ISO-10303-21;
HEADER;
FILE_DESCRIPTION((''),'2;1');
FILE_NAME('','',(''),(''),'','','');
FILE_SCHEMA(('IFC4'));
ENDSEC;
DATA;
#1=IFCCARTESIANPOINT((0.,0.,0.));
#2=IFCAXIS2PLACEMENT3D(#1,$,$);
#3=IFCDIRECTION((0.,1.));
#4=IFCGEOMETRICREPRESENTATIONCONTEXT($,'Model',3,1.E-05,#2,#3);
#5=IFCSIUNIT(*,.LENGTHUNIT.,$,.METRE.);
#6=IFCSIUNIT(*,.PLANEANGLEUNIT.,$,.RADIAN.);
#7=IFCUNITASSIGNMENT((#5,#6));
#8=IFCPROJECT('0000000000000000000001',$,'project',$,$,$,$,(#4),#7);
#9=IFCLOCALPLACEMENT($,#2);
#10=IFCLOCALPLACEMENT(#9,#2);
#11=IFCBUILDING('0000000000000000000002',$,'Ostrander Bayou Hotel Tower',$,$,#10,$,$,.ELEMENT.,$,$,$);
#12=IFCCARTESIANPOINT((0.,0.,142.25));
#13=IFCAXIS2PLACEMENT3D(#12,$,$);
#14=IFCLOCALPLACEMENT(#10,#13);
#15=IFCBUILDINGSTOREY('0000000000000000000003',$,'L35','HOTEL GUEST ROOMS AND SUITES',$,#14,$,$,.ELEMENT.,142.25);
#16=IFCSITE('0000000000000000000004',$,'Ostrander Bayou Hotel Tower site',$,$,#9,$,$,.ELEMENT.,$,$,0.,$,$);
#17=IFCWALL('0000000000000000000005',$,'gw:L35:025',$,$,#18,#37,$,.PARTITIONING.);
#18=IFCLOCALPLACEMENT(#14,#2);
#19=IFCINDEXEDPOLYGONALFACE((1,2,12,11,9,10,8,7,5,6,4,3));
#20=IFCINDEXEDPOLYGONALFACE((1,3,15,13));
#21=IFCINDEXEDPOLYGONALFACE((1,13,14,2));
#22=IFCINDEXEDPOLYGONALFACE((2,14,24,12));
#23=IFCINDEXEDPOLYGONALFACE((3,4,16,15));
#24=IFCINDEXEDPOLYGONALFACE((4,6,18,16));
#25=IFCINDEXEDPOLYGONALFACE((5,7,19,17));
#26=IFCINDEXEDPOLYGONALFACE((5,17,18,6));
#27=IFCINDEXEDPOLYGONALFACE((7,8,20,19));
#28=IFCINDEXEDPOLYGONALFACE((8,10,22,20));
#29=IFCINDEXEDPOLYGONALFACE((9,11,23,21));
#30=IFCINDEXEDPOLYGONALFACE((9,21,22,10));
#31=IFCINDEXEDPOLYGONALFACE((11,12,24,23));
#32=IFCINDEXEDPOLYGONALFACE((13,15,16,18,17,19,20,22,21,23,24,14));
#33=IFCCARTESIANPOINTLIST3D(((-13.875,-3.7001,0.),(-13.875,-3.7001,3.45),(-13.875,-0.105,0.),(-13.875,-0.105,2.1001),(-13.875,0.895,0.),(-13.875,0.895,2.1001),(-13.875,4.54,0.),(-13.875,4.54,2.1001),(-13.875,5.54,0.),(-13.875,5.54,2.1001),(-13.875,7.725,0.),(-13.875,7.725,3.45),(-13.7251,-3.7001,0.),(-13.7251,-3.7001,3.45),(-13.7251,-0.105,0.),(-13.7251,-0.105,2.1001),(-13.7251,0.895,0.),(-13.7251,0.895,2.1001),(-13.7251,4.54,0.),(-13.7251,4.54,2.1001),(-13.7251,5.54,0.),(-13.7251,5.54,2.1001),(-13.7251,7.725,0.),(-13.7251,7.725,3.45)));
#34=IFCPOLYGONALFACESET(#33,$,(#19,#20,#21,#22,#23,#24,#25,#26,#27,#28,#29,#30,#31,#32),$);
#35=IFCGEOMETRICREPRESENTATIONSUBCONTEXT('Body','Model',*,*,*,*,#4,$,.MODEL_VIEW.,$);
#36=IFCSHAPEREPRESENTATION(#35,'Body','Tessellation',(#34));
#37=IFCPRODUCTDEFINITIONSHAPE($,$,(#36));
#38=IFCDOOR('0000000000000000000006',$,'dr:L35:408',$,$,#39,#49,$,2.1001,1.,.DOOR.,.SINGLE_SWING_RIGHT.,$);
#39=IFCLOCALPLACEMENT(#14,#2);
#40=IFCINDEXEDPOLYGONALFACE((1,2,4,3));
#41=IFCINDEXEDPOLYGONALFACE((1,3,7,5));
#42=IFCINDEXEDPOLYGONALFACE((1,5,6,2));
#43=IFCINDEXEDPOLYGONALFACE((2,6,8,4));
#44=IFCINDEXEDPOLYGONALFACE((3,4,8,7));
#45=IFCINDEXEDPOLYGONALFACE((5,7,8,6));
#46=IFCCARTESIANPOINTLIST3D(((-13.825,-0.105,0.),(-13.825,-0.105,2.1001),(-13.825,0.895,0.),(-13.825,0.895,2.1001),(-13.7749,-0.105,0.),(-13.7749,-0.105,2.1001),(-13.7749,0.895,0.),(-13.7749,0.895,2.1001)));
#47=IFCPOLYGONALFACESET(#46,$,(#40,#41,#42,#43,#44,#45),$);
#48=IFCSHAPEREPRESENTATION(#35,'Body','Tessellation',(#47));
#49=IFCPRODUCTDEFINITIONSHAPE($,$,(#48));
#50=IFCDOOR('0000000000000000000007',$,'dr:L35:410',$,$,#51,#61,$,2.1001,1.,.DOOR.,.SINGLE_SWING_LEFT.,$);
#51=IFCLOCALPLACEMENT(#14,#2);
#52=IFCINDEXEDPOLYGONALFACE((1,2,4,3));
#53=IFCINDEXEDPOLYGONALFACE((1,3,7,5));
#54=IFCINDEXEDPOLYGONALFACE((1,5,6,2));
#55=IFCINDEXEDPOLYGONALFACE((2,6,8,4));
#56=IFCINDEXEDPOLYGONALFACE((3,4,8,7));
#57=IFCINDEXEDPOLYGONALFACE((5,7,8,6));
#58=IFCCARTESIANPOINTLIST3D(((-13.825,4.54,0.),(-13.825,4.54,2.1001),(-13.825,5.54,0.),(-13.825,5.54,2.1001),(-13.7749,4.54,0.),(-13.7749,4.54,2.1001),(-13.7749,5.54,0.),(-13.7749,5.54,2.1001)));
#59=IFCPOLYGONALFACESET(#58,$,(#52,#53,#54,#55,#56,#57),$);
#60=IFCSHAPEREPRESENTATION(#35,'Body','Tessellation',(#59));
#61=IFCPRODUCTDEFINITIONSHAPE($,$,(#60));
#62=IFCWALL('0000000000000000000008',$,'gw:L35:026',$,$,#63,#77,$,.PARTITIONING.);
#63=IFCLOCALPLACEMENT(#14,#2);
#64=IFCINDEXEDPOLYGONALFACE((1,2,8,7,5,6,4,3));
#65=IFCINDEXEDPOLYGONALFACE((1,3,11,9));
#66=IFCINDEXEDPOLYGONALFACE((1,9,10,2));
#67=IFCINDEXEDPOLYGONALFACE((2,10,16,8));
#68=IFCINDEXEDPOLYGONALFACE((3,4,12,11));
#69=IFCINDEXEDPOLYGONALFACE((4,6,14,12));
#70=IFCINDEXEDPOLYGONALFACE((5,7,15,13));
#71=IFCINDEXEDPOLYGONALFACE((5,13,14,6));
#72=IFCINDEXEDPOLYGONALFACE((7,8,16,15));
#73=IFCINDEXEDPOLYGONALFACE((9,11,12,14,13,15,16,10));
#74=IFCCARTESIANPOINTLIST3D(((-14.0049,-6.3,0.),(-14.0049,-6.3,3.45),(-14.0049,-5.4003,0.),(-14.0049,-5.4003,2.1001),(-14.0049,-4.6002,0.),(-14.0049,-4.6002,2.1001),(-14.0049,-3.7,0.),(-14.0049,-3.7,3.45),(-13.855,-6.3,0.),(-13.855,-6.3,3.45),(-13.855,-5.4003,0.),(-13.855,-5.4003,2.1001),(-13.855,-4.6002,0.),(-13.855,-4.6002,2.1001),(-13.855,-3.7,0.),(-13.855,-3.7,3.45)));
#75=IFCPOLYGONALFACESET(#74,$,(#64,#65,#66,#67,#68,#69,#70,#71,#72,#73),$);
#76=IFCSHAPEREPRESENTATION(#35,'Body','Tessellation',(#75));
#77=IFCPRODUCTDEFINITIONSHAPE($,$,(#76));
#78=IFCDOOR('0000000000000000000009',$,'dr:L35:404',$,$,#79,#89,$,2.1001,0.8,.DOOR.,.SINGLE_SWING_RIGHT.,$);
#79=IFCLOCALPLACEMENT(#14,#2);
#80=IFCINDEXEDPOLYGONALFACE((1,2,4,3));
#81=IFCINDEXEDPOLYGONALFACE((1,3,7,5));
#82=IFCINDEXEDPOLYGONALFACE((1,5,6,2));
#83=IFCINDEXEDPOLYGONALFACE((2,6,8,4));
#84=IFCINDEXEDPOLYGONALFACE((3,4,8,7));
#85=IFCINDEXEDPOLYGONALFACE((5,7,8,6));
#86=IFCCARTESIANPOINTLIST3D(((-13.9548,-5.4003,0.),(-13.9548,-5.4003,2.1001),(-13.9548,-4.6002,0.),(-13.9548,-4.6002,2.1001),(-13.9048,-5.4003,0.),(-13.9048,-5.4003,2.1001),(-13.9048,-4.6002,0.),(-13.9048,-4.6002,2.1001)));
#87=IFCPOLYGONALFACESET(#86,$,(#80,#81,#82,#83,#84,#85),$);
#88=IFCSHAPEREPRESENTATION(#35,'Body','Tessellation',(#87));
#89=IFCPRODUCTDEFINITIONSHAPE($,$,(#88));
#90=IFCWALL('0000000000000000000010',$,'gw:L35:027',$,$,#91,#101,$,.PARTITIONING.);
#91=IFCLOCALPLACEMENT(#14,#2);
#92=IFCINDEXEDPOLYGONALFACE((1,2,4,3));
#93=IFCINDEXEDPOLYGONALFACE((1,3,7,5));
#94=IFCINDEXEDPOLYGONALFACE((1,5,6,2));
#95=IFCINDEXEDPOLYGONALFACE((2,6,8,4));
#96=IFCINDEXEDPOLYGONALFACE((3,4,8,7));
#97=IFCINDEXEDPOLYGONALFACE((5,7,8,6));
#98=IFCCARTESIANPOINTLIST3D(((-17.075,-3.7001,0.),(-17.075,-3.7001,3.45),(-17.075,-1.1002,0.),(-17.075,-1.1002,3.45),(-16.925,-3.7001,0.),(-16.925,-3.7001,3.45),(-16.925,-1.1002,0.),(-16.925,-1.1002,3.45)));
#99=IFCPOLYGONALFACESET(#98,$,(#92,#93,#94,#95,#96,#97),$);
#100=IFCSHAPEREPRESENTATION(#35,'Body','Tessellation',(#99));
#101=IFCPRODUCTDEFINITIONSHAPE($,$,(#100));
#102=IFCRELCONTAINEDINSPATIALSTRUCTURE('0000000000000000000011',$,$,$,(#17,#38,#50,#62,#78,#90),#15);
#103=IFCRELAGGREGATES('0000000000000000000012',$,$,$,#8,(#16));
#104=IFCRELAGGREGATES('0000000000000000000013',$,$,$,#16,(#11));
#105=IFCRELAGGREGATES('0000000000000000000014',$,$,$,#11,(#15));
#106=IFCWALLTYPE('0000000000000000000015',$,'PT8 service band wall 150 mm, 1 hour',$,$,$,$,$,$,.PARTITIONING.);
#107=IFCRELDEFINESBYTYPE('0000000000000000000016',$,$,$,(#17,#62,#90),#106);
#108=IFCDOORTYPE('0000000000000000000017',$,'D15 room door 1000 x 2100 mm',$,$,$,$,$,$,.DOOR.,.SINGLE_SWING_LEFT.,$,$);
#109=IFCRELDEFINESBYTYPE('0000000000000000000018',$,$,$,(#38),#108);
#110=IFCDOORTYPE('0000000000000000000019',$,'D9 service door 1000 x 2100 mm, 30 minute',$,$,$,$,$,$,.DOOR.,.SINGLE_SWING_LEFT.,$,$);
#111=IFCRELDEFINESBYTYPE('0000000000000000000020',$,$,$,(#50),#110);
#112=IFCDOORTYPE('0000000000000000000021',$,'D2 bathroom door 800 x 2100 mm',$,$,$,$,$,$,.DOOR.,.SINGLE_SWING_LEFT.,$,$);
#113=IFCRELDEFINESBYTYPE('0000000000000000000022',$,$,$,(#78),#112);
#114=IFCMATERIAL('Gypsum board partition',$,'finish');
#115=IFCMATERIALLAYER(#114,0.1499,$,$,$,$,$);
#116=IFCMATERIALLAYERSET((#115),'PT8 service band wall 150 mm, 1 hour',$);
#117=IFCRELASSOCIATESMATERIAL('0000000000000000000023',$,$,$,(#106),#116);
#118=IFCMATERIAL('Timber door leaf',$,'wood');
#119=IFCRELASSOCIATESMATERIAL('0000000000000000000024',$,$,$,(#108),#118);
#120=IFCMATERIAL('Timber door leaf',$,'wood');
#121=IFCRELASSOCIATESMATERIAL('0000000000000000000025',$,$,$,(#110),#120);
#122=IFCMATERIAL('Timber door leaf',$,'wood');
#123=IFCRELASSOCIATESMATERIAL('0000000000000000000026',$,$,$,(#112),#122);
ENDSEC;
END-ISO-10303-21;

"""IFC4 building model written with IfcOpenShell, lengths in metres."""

from ifc_helpers import new_model, si_unit, direction, frame, frame_2d, origin, place, context, subcontext, project, spatial, rectangle, extrude, material, layer, layer_set, type_object, element, fill, save


model = new_model("IFC4")

# Units and contexts
model_context = context("Model", 3, precision=1e-05, world=origin(), true_north=direction((0.0, 1.0)))
body_context = subcontext(model_context, "Body", "Model", "MODEL_VIEW")
ifc_project = project(units=[si_unit("LENGTHUNIT", "METRE"), si_unit("PLANEANGLEUNIT", "RADIAN")], contexts=[model_context])

# Site, building, storey
site_placement = place(None, origin())
site = spatial("IfcSite", under=ifc_project, at=site_placement, Name="Ostrander Bayou Hotel Tower site", CompositionType="ELEMENT", RefElevation=0.0)
building_placement = place(site_placement, origin())
building = spatial("IfcBuilding", under=site, at=building_placement, Name="Ostrander Bayou Hotel Tower", CompositionType="ELEMENT")
storey_placement = place(building_placement, frame((0.0, 0.0, 142.25)))
storey = spatial("IfcBuildingStorey", under=building, at=storey_placement, Name="L35", Description="HOTEL GUEST ROOMS AND SUITES", CompositionType="ELEMENT", Elevation=142.25)

# Shared definitions
ifc_material_1 = material(Name="Gypsum board partition", Category="finish")
ifc_layer_1 = layer(ifc_material_1, 0.1499)
ifc_layer_set_1 = layer_set([ifc_layer_1], Name="PT8 service band wall 150 mm, 1 hour")
wall_type_1 = type_object("IfcWallType", Name="PT8 service band wall 150 mm, 1 hour", PredefinedType="PARTITIONING", material=ifc_layer_set_1)

# Wall, openings, doors
wall_1_placement = place(storey_placement, frame((-13.8, -3.7, 0.0), z_axis=(0.0, 0.0, 1.0), x_axis=(0.0, 1.0, 0.0)))
wall_1 = element("IfcWall", 1, at=wall_1_placement, inside=storey, type_object=wall_type_1, Name="gw:L35:025", PredefinedType="PARTITIONING", context=body_context, shape_type="SweptSolid", body=[
    extrude(rectangle(XDim=11.425, YDim=0.1499, at=frame_2d((5.7124, 0.0))), origin(), (0.0, 0.0, 1.0), 3.45),
])
opening_1_placement = place(wall_1_placement, frame((3.595, 0.0, 0.0)))
opening_1 = element("IfcOpeningElement", 2, at=opening_1_placement, cuts=wall_1, PredefinedType="OPENING", context=body_context, shape_type="SweptSolid", body=[
    extrude(rectangle(XDim=1.0, YDim=2.1001, at=frame_2d((0.5, 1.05))), frame((0.0, 0.075, 0.0), z_axis=(0.0, -1.0, 0.0), x_axis=(1.0, 0.0, 0.0)), (0.0, 0.0, 1.0), 0.1499),
])
opening_2_placement = place(wall_1_placement, frame((8.24, 0.0, 0.0)))
opening_2 = element("IfcOpeningElement", 3, at=opening_2_placement, cuts=wall_1, PredefinedType="OPENING", context=body_context, shape_type="SweptSolid", body=[
    extrude(rectangle(XDim=1.0, YDim=2.1001, at=frame_2d((0.5, 1.05))), frame((0.0, 0.075, 0.0), z_axis=(0.0, -1.0, 0.0), x_axis=(1.0, 0.0, 0.0)), (0.0, 0.0, 1.0), 0.1499),
])
ifc_material_2 = material(Name="Timber door leaf", Category="wood")
door_type_1 = type_object("IfcDoorType", Name="D15 room door 1000 x 2100 mm", OperationType="SINGLE_SWING_LEFT", PredefinedType="DOOR", material=ifc_material_2)
door_1_placement = place(opening_1_placement, origin())
door_1 = element("IfcDoor", 4, at=door_1_placement, inside=storey, type_object=door_type_1, Name="dr:L35:408", OperationType="SINGLE_SWING_RIGHT", OverallHeight=2.1001, OverallWidth=1.0, PredefinedType="DOOR", context=body_context, shape_type="SweptSolid", body=[
    extrude(rectangle(XDim=1.0, YDim=2.1001, at=frame_2d((0.5, 1.05))), frame((0.0, 0.0249, 0.0), z_axis=(0.0, -1.0, 0.0), x_axis=(1.0, 0.0, 0.0)), (0.0, 0.0, 1.0), 0.05),
])
fill(opening_1, door_1)
ifc_material_3 = material(Name="Timber door leaf", Category="wood")
door_type_2 = type_object("IfcDoorType", Name="D9 service door 1000 x 2100 mm, 30 minute", OperationType="SINGLE_SWING_LEFT", PredefinedType="DOOR", material=ifc_material_3)
door_2_placement = place(opening_2_placement, origin())
door_2 = element("IfcDoor", 5, at=door_2_placement, inside=storey, type_object=door_type_2, Name="dr:L35:410", OperationType="SINGLE_SWING_LEFT", OverallHeight=2.1001, OverallWidth=1.0, PredefinedType="DOOR", context=body_context, shape_type="SweptSolid", body=[
    extrude(rectangle(XDim=1.0, YDim=2.1001, at=frame_2d((0.5, 1.05))), frame((0.0, 0.0249, 0.0), z_axis=(0.0, -1.0, 0.0), x_axis=(1.0, 0.0, 0.0)), (0.0, 0.0, 1.0), 0.05),
])
fill(opening_2, door_2)

# Wall, opening, door
wall_2_placement = place(storey_placement, frame((-13.9299, -6.3, 0.0), z_axis=(0.0, 0.0, 1.0), x_axis=(0.0, 1.0, 0.0)))
wall_2 = element("IfcWall", 6, at=wall_2_placement, inside=storey, type_object=wall_type_1, Name="gw:L35:026", PredefinedType="PARTITIONING", context=body_context, shape_type="SweptSolid", body=[
    extrude(rectangle(XDim=2.6001, YDim=0.1499, at=frame_2d((1.3, 0.0))), origin(), (0.0, 0.0, 1.0), 3.45),
])
opening_3_placement = place(wall_2_placement, frame((0.8999, 0.0, 0.0)))
opening_3 = element("IfcOpeningElement", 7, at=opening_3_placement, cuts=wall_2, PredefinedType="OPENING", context=body_context, shape_type="SweptSolid", body=[
    extrude(rectangle(XDim=0.8, YDim=2.1001, at=frame_2d((0.3999, 1.05))), frame((0.0, 0.075, 0.0), z_axis=(0.0, -1.0, 0.0), x_axis=(1.0, 0.0, 0.0)), (0.0, 0.0, 1.0), 0.1499),
])
ifc_material_4 = material(Name="Timber door leaf", Category="wood")
door_type_3 = type_object("IfcDoorType", Name="D2 bathroom door 800 x 2100 mm", OperationType="SINGLE_SWING_LEFT", PredefinedType="DOOR", material=ifc_material_4)
door_3_placement = place(opening_3_placement, origin())
door_3 = element("IfcDoor", 8, at=door_3_placement, inside=storey, type_object=door_type_3, Name="dr:L35:404", OperationType="SINGLE_SWING_RIGHT", OverallHeight=2.1001, OverallWidth=0.8, PredefinedType="DOOR", context=body_context, shape_type="SweptSolid", body=[
    extrude(rectangle(XDim=0.8, YDim=2.1001, at=frame_2d((0.3999, 1.05))), frame((0.0, 0.0249, 0.0), z_axis=(0.0, -1.0, 0.0), x_axis=(1.0, 0.0, 0.0)), (0.0, 0.0, 1.0), 0.05),
])
fill(opening_3, door_3)

# Wall
wall_3_placement = place(storey_placement, frame((-17.0, -3.7, 0.0), z_axis=(0.0, 0.0, 1.0), x_axis=(0.0, 1.0, 0.0)))
element("IfcWall", 9, at=wall_3_placement, inside=storey, type_object=wall_type_1, Name="gw:L35:027", PredefinedType="PARTITIONING", context=body_context, shape_type="SweptSolid", body=[
    extrude(rectangle(XDim=2.5999, YDim=0.1499, at=frame_2d((1.2998, 0.0))), origin(), (0.0, 0.0, 1.0), 3.45),
])

save(model, "model.ifc")
